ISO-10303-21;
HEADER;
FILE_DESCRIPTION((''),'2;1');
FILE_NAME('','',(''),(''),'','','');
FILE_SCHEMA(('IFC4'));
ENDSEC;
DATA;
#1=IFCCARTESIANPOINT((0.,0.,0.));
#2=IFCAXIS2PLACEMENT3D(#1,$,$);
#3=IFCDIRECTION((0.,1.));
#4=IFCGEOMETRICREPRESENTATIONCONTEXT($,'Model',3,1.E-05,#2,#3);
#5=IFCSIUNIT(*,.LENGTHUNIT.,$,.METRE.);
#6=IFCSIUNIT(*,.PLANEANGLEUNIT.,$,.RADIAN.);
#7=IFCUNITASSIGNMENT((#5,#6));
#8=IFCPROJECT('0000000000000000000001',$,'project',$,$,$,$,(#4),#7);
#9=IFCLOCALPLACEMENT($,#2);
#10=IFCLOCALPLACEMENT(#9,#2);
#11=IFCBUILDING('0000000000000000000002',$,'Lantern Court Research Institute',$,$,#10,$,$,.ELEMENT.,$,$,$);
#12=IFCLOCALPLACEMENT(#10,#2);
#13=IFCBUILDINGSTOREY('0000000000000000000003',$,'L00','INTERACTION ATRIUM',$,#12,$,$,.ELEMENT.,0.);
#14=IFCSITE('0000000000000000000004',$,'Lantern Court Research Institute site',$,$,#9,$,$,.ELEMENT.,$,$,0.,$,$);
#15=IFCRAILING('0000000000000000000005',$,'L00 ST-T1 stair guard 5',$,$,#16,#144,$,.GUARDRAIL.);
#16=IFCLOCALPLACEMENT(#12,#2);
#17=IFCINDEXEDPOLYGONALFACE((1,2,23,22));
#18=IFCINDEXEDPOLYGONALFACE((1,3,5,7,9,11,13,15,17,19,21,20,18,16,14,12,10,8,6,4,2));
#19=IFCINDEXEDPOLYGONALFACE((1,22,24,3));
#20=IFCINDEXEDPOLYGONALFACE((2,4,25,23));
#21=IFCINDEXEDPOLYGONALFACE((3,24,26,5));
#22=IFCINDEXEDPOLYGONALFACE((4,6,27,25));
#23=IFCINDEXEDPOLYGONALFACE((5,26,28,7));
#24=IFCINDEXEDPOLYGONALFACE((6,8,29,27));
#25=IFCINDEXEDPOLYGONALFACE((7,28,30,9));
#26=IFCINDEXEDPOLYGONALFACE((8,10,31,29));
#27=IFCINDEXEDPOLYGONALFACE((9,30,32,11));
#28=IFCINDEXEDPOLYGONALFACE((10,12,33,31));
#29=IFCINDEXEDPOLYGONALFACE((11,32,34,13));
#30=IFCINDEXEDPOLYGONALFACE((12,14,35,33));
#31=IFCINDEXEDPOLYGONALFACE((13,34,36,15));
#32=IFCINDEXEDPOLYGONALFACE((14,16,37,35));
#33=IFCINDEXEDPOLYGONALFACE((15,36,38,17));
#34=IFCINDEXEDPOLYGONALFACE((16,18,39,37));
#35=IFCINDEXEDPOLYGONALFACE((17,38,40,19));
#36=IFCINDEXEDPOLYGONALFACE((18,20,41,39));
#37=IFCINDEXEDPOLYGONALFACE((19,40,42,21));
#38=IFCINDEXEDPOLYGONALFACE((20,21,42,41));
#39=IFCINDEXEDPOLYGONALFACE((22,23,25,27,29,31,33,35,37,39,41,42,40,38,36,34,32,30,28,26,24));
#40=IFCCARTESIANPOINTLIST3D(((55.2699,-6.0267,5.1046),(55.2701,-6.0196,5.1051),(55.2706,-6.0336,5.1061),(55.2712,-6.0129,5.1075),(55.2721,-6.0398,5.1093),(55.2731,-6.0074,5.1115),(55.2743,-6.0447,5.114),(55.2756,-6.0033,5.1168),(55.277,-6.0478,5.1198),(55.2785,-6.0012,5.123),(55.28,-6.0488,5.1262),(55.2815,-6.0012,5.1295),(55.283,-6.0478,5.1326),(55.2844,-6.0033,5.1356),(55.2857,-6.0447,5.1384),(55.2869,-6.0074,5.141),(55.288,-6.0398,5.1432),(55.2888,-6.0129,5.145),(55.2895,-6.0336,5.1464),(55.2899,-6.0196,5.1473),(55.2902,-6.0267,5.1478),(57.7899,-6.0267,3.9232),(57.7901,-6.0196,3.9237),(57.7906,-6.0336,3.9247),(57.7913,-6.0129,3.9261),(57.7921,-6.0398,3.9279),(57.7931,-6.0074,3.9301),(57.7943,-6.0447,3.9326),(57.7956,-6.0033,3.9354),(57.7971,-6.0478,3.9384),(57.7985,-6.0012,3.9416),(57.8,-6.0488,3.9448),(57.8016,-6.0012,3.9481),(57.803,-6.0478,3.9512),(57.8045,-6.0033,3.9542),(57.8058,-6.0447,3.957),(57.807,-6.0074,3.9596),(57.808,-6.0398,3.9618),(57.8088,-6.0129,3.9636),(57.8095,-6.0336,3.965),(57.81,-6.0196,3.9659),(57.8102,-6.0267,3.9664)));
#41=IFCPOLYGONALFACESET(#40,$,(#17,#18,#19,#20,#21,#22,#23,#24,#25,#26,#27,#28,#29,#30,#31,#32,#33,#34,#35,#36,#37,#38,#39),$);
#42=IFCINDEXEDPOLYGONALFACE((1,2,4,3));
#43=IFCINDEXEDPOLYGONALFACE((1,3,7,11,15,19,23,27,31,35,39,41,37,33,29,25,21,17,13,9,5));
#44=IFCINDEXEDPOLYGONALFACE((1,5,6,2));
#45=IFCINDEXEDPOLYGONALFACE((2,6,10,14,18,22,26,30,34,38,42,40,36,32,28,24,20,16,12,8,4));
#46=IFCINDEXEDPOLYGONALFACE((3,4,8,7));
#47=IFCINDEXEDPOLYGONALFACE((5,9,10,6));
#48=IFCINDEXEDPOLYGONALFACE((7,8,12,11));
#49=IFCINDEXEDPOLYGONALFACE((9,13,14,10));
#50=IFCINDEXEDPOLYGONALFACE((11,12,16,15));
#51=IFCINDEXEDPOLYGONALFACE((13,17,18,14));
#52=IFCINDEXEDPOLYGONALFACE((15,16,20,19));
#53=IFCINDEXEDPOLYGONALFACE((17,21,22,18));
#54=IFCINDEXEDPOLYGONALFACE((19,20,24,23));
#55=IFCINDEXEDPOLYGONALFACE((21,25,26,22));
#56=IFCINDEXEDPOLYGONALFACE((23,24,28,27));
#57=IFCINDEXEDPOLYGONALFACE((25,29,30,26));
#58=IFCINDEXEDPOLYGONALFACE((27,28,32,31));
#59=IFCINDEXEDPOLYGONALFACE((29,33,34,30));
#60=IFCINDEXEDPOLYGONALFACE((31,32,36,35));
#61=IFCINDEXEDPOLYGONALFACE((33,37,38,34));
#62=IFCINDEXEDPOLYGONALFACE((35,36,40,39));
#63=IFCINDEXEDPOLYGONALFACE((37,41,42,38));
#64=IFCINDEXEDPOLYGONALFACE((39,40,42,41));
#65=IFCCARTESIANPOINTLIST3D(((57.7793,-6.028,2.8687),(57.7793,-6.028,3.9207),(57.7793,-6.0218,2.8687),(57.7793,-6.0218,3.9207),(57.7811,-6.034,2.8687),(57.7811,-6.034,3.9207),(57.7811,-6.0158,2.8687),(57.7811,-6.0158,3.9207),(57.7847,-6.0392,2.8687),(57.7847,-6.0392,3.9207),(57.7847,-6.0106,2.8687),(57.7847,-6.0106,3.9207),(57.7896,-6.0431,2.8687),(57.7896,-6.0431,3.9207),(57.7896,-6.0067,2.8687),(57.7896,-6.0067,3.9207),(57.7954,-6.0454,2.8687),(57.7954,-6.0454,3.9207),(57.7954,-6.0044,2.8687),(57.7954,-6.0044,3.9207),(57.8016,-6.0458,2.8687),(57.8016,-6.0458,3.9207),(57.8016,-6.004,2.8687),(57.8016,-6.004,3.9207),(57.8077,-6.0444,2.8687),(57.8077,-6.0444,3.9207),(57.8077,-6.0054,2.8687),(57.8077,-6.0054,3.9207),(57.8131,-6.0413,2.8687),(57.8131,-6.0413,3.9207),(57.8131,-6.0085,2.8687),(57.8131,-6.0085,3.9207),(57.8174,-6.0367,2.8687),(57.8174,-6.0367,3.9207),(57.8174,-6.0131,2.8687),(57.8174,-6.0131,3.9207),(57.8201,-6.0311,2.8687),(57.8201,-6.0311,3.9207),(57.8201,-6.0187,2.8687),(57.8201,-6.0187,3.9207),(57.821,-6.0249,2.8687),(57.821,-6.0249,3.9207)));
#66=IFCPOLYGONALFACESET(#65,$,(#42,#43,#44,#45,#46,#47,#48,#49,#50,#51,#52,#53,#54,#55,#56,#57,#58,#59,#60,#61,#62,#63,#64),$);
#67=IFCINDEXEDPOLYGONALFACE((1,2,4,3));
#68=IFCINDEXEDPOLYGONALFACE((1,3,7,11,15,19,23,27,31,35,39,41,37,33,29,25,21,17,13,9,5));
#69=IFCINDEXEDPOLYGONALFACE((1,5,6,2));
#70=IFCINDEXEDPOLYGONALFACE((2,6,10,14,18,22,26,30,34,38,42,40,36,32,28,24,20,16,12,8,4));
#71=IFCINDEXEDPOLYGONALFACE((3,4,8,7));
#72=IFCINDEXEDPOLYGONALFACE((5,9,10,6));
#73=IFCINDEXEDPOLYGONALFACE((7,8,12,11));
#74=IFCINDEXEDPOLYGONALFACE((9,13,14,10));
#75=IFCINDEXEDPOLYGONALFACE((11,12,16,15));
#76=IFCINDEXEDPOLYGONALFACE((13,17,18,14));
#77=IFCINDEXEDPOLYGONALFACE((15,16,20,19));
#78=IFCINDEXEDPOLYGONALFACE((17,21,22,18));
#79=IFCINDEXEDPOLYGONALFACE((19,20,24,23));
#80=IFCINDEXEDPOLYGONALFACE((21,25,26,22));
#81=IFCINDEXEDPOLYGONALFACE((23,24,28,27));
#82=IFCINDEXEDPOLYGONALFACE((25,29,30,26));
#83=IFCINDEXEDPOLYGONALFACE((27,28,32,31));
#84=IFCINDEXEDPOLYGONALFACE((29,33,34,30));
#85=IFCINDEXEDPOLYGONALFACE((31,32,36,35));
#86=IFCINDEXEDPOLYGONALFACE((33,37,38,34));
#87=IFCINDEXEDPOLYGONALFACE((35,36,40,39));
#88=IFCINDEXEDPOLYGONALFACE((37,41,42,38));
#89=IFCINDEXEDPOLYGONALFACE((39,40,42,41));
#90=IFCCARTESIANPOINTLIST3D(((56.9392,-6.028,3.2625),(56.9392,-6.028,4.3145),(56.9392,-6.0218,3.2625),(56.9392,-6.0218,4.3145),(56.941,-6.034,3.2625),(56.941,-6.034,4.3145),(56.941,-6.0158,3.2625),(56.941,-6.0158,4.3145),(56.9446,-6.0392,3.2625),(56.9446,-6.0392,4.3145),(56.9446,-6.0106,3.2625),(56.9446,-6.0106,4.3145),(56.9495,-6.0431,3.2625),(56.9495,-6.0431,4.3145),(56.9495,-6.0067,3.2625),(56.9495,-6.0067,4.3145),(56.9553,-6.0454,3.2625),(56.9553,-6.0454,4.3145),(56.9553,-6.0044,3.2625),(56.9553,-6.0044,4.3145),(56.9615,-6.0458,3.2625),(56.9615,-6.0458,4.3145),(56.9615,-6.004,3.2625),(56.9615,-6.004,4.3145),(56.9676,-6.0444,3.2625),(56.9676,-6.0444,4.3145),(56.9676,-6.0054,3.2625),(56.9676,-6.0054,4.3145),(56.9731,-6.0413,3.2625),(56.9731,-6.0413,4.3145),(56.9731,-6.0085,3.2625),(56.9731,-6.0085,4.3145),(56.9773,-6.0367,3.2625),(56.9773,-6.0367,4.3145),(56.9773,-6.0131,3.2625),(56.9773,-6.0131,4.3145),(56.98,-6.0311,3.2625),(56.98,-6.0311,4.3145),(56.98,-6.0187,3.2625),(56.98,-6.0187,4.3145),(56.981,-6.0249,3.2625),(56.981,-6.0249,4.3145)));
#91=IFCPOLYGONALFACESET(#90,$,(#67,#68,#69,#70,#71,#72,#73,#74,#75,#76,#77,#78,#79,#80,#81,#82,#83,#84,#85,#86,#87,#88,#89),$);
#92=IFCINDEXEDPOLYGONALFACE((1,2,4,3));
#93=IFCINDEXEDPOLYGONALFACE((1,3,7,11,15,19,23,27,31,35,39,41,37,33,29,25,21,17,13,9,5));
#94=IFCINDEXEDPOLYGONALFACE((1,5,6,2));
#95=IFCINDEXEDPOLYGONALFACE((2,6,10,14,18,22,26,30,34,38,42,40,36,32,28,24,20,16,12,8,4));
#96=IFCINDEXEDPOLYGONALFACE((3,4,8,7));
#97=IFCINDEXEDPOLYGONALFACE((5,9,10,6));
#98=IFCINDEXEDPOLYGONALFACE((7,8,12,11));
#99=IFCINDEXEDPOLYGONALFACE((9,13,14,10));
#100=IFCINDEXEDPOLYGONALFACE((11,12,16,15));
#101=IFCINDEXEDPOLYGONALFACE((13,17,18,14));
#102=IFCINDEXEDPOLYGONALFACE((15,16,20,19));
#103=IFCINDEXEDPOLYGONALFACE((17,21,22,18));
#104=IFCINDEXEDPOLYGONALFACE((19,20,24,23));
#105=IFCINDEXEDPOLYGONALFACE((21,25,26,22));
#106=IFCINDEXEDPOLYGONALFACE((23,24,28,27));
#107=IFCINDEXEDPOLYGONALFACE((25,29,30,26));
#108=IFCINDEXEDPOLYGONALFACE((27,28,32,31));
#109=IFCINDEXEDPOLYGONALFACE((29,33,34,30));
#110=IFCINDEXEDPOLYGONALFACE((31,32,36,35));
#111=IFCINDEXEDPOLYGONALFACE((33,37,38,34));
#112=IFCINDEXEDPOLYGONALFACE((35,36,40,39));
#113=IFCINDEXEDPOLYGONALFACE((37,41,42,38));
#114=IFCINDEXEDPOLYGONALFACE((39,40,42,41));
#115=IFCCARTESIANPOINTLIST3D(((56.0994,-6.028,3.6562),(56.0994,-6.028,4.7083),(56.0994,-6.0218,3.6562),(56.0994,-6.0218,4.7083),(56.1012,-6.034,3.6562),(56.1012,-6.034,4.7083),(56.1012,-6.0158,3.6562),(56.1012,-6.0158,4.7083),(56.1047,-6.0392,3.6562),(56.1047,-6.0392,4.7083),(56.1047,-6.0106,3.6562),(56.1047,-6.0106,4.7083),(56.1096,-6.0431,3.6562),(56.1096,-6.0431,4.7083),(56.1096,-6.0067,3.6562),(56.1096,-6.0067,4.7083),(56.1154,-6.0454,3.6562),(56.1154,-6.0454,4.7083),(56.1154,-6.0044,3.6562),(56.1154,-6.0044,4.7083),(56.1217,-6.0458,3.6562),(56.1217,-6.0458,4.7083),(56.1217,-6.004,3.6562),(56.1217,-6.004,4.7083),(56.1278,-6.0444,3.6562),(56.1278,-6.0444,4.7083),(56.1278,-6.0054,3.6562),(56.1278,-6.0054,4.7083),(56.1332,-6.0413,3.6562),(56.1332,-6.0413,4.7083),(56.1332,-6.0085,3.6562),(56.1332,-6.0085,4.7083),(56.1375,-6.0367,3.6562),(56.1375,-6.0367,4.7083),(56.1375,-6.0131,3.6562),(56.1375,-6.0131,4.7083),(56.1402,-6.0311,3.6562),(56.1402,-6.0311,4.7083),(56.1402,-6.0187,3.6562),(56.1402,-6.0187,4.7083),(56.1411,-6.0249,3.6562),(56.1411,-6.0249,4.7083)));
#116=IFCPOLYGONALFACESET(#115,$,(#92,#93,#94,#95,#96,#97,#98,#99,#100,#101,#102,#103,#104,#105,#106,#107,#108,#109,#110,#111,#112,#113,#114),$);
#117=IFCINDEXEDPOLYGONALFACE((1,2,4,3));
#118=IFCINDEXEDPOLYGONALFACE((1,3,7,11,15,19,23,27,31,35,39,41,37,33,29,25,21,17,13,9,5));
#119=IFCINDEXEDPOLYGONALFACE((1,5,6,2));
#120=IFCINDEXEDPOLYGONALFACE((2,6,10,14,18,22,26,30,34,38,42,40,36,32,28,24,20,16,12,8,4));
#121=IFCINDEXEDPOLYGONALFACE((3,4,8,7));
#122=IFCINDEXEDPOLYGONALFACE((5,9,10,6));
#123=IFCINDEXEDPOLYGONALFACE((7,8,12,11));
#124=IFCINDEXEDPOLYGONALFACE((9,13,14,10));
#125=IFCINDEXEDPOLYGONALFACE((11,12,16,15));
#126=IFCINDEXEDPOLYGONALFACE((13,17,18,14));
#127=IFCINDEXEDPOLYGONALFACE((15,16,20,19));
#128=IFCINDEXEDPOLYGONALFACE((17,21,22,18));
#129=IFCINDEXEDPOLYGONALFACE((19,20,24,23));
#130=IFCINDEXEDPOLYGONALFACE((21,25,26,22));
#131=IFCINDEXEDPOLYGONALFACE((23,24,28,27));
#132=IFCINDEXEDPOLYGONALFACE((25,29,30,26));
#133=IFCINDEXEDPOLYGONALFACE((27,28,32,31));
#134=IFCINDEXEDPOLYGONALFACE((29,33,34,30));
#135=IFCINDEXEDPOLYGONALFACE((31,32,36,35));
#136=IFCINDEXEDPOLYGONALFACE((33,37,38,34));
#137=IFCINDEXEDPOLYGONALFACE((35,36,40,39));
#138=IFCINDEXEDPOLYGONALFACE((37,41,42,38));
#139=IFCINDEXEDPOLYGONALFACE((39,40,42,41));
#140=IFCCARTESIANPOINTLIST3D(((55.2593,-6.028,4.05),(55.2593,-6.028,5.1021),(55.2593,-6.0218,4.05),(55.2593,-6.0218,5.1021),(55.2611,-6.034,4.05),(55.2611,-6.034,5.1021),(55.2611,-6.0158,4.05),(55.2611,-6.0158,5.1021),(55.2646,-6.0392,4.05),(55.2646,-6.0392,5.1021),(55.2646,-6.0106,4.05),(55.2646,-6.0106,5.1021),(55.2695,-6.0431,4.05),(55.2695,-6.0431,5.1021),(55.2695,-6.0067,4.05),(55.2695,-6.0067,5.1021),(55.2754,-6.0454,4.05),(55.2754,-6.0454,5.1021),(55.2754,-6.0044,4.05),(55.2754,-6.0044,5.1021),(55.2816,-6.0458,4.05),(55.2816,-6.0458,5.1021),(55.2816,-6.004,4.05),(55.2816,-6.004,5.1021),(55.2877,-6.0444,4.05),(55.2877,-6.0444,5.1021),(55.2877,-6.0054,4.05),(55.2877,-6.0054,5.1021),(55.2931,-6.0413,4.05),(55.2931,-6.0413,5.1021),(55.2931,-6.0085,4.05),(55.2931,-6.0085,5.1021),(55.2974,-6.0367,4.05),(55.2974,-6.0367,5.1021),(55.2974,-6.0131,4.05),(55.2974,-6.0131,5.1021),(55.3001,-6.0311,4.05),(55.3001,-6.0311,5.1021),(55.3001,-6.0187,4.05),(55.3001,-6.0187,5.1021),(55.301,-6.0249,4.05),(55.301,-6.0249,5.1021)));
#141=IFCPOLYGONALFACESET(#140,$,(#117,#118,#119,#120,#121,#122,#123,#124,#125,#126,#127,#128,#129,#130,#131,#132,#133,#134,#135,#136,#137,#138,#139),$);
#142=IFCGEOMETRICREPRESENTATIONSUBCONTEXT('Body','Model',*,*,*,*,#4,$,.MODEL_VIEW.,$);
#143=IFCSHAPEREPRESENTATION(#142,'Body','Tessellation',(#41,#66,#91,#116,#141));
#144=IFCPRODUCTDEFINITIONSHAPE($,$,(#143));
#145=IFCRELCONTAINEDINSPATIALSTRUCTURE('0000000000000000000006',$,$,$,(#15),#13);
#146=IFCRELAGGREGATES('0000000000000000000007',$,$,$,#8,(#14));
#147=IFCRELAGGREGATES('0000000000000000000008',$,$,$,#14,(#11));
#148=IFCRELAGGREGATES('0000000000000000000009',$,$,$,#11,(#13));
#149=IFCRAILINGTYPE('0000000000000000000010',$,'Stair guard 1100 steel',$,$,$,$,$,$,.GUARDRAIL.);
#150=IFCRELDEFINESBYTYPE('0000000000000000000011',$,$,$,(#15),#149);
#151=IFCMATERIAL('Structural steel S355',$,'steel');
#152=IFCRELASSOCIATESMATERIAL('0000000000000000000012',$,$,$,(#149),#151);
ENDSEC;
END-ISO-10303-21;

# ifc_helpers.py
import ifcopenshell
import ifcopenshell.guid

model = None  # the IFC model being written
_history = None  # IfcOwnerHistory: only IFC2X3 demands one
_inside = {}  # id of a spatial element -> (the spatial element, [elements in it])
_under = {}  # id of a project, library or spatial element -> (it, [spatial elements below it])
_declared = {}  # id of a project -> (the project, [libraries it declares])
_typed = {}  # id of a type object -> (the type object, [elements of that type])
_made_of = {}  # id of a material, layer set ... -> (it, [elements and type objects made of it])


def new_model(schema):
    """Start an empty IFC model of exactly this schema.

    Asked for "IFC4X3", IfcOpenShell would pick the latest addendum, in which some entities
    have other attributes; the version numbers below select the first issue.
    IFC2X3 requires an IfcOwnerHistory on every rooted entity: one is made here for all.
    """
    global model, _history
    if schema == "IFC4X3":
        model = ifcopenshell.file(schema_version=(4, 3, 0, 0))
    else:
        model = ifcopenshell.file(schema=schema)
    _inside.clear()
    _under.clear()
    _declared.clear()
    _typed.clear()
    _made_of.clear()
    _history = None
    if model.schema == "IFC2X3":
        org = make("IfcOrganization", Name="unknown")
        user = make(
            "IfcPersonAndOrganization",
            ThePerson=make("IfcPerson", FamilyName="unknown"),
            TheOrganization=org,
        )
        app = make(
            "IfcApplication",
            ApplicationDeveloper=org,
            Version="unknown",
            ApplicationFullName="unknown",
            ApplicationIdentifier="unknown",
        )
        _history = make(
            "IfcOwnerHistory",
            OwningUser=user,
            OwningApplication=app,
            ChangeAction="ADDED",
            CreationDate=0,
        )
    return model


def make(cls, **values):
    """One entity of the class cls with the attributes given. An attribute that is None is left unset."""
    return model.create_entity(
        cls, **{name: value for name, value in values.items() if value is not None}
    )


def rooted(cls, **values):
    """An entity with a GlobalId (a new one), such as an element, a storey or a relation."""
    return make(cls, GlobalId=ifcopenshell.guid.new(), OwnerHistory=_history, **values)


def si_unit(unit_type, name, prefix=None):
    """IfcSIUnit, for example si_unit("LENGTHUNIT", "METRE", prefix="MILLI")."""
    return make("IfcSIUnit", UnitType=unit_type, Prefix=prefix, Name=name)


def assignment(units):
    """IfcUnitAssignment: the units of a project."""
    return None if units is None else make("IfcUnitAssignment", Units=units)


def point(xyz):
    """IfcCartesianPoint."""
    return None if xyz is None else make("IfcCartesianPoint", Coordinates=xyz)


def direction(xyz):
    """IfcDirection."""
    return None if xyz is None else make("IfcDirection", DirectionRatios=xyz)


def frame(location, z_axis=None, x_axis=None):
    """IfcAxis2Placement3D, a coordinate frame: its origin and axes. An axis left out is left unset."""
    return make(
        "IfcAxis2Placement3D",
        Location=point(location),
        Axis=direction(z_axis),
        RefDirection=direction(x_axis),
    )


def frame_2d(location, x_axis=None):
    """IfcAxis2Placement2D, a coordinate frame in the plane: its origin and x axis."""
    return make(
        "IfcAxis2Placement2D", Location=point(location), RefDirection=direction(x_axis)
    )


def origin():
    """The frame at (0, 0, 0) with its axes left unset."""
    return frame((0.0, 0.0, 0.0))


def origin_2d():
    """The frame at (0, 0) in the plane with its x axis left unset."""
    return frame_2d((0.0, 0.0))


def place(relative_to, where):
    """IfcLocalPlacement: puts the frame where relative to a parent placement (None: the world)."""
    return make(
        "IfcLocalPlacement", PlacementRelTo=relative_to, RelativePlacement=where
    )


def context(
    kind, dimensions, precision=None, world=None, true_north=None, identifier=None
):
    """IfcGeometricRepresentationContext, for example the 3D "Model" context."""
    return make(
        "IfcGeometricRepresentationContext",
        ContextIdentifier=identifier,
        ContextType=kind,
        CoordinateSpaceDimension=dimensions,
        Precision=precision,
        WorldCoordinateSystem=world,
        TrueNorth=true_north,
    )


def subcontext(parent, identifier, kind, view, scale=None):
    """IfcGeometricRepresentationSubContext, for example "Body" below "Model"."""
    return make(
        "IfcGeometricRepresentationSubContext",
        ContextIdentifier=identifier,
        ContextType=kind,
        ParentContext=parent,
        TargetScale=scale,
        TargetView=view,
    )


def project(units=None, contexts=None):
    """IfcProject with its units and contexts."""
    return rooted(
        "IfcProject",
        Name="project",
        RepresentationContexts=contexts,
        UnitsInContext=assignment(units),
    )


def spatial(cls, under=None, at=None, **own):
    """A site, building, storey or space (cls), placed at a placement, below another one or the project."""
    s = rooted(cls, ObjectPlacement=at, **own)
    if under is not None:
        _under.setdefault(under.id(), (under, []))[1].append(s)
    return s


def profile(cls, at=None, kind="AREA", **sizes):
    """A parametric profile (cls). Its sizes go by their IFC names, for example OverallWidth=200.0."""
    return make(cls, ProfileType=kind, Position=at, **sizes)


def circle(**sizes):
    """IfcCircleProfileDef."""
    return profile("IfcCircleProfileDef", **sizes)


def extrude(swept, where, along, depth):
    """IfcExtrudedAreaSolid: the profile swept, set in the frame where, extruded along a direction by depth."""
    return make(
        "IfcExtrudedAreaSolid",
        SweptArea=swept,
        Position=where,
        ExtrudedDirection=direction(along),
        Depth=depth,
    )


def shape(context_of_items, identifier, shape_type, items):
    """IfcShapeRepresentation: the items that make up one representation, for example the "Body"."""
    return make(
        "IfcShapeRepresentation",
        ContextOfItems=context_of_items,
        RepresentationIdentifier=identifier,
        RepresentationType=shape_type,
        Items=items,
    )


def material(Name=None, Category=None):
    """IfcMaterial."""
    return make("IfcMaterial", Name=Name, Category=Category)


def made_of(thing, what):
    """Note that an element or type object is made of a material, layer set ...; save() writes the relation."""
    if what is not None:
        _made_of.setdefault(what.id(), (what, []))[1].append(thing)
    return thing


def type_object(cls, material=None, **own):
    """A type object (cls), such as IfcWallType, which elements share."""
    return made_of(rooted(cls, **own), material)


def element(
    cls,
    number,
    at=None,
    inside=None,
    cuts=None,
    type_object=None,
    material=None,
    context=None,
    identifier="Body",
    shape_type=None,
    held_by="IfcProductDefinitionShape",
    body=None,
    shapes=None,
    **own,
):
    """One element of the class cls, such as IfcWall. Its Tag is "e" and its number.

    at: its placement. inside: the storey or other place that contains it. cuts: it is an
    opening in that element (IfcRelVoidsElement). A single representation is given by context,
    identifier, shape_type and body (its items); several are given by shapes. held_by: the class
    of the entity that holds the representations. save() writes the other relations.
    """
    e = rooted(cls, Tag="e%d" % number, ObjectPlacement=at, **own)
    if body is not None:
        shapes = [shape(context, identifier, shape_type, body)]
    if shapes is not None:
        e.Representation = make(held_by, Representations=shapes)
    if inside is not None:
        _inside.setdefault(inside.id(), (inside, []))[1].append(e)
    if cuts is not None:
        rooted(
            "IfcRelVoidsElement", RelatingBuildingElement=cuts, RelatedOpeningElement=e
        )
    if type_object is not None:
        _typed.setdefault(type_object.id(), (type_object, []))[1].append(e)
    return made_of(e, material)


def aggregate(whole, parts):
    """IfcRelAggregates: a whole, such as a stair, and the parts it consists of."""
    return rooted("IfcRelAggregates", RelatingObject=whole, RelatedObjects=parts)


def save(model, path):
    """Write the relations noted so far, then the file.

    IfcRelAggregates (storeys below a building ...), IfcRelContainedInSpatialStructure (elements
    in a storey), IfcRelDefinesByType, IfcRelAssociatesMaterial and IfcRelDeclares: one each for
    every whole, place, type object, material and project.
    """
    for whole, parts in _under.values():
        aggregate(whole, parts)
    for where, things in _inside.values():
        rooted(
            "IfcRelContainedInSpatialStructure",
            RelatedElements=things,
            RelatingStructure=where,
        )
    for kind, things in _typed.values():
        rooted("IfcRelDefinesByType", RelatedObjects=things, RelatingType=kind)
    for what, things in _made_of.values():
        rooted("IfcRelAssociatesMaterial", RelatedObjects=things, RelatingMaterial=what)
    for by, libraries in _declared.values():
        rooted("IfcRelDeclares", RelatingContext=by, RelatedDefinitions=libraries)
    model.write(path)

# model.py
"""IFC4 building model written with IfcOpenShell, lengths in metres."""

from ifc_helpers import new_model, si_unit, direction, frame, origin, origin_2d, place, context, subcontext, project, spatial, circle, extrude, material, type_object, element, save


model = new_model("IFC4")

# Units and contexts
model_context = context("Model", 3, precision=1e-05, world=origin(), true_north=direction((0.0, 1.0)))
body_context = subcontext(model_context, "Body", "Model", "MODEL_VIEW")
ifc_project = project(units=[si_unit("LENGTHUNIT", "METRE"), si_unit("PLANEANGLEUNIT", "RADIAN")], contexts=[model_context])

# Site, building, storey
site_placement = place(None, origin())
site = spatial("IfcSite", under=ifc_project, at=site_placement, Name="Lantern Court Research Institute site", CompositionType="ELEMENT", RefElevation=0.0)
building_placement = place(site_placement, origin())
building = spatial("IfcBuilding", under=site, at=building_placement, Name="Lantern Court Research Institute", CompositionType="ELEMENT")
storey_placement = place(building_placement, origin())
storey = spatial("IfcBuildingStorey", under=building, at=storey_placement, Name="L00", Description="INTERACTION ATRIUM", CompositionType="ELEMENT", Elevation=0.0)

# Railing
ifc_material_1 = material(Name="Structural steel S355", Category="steel")
railing_type_1 = type_object("IfcRailingType", Name="Stair guard 1100 steel", PredefinedType="GUARDRAIL", material=ifc_material_1)
railing_1_placement = place(storey_placement, frame((57.8, -6.0249, 2.8687)))
element("IfcRailing", 1, at=railing_1_placement, inside=storey, type_object=railing_type_1, Name="L00 ST-T1 stair guard 5", PredefinedType="GUARDRAIL", context=body_context, shape_type="SweptSolid", body=[
    extrude(circle(Radius=0.0239, at=origin_2d()), frame((0.0, 0.0, 1.0762), z_axis=(-0.90544, 0.0, 0.424474), x_axis=(0.0, -1.0, 0.0)), (0.0, 0.0, 1.0), 2.7832),
    extrude(circle(Radius=0.021, at=origin_2d()), origin(), (0.0, 0.0, 1.0), 1.052),
    extrude(circle(Radius=0.021, at=origin_2d()), frame((-0.8401, 0.0, 0.3938)), (0.0, 0.0, 1.0), 1.052),
    extrude(circle(Radius=0.021, at=origin_2d()), frame((-1.6799, 0.0, 0.7876)), (0.0, 0.0, 1.0), 1.052),
    extrude(circle(Radius=0.021, at=origin_2d()), frame((-2.52, 0.0, 1.1814)), (0.0, 0.0, 1.0), 1.052),
])

save(model, "model.ifc")
